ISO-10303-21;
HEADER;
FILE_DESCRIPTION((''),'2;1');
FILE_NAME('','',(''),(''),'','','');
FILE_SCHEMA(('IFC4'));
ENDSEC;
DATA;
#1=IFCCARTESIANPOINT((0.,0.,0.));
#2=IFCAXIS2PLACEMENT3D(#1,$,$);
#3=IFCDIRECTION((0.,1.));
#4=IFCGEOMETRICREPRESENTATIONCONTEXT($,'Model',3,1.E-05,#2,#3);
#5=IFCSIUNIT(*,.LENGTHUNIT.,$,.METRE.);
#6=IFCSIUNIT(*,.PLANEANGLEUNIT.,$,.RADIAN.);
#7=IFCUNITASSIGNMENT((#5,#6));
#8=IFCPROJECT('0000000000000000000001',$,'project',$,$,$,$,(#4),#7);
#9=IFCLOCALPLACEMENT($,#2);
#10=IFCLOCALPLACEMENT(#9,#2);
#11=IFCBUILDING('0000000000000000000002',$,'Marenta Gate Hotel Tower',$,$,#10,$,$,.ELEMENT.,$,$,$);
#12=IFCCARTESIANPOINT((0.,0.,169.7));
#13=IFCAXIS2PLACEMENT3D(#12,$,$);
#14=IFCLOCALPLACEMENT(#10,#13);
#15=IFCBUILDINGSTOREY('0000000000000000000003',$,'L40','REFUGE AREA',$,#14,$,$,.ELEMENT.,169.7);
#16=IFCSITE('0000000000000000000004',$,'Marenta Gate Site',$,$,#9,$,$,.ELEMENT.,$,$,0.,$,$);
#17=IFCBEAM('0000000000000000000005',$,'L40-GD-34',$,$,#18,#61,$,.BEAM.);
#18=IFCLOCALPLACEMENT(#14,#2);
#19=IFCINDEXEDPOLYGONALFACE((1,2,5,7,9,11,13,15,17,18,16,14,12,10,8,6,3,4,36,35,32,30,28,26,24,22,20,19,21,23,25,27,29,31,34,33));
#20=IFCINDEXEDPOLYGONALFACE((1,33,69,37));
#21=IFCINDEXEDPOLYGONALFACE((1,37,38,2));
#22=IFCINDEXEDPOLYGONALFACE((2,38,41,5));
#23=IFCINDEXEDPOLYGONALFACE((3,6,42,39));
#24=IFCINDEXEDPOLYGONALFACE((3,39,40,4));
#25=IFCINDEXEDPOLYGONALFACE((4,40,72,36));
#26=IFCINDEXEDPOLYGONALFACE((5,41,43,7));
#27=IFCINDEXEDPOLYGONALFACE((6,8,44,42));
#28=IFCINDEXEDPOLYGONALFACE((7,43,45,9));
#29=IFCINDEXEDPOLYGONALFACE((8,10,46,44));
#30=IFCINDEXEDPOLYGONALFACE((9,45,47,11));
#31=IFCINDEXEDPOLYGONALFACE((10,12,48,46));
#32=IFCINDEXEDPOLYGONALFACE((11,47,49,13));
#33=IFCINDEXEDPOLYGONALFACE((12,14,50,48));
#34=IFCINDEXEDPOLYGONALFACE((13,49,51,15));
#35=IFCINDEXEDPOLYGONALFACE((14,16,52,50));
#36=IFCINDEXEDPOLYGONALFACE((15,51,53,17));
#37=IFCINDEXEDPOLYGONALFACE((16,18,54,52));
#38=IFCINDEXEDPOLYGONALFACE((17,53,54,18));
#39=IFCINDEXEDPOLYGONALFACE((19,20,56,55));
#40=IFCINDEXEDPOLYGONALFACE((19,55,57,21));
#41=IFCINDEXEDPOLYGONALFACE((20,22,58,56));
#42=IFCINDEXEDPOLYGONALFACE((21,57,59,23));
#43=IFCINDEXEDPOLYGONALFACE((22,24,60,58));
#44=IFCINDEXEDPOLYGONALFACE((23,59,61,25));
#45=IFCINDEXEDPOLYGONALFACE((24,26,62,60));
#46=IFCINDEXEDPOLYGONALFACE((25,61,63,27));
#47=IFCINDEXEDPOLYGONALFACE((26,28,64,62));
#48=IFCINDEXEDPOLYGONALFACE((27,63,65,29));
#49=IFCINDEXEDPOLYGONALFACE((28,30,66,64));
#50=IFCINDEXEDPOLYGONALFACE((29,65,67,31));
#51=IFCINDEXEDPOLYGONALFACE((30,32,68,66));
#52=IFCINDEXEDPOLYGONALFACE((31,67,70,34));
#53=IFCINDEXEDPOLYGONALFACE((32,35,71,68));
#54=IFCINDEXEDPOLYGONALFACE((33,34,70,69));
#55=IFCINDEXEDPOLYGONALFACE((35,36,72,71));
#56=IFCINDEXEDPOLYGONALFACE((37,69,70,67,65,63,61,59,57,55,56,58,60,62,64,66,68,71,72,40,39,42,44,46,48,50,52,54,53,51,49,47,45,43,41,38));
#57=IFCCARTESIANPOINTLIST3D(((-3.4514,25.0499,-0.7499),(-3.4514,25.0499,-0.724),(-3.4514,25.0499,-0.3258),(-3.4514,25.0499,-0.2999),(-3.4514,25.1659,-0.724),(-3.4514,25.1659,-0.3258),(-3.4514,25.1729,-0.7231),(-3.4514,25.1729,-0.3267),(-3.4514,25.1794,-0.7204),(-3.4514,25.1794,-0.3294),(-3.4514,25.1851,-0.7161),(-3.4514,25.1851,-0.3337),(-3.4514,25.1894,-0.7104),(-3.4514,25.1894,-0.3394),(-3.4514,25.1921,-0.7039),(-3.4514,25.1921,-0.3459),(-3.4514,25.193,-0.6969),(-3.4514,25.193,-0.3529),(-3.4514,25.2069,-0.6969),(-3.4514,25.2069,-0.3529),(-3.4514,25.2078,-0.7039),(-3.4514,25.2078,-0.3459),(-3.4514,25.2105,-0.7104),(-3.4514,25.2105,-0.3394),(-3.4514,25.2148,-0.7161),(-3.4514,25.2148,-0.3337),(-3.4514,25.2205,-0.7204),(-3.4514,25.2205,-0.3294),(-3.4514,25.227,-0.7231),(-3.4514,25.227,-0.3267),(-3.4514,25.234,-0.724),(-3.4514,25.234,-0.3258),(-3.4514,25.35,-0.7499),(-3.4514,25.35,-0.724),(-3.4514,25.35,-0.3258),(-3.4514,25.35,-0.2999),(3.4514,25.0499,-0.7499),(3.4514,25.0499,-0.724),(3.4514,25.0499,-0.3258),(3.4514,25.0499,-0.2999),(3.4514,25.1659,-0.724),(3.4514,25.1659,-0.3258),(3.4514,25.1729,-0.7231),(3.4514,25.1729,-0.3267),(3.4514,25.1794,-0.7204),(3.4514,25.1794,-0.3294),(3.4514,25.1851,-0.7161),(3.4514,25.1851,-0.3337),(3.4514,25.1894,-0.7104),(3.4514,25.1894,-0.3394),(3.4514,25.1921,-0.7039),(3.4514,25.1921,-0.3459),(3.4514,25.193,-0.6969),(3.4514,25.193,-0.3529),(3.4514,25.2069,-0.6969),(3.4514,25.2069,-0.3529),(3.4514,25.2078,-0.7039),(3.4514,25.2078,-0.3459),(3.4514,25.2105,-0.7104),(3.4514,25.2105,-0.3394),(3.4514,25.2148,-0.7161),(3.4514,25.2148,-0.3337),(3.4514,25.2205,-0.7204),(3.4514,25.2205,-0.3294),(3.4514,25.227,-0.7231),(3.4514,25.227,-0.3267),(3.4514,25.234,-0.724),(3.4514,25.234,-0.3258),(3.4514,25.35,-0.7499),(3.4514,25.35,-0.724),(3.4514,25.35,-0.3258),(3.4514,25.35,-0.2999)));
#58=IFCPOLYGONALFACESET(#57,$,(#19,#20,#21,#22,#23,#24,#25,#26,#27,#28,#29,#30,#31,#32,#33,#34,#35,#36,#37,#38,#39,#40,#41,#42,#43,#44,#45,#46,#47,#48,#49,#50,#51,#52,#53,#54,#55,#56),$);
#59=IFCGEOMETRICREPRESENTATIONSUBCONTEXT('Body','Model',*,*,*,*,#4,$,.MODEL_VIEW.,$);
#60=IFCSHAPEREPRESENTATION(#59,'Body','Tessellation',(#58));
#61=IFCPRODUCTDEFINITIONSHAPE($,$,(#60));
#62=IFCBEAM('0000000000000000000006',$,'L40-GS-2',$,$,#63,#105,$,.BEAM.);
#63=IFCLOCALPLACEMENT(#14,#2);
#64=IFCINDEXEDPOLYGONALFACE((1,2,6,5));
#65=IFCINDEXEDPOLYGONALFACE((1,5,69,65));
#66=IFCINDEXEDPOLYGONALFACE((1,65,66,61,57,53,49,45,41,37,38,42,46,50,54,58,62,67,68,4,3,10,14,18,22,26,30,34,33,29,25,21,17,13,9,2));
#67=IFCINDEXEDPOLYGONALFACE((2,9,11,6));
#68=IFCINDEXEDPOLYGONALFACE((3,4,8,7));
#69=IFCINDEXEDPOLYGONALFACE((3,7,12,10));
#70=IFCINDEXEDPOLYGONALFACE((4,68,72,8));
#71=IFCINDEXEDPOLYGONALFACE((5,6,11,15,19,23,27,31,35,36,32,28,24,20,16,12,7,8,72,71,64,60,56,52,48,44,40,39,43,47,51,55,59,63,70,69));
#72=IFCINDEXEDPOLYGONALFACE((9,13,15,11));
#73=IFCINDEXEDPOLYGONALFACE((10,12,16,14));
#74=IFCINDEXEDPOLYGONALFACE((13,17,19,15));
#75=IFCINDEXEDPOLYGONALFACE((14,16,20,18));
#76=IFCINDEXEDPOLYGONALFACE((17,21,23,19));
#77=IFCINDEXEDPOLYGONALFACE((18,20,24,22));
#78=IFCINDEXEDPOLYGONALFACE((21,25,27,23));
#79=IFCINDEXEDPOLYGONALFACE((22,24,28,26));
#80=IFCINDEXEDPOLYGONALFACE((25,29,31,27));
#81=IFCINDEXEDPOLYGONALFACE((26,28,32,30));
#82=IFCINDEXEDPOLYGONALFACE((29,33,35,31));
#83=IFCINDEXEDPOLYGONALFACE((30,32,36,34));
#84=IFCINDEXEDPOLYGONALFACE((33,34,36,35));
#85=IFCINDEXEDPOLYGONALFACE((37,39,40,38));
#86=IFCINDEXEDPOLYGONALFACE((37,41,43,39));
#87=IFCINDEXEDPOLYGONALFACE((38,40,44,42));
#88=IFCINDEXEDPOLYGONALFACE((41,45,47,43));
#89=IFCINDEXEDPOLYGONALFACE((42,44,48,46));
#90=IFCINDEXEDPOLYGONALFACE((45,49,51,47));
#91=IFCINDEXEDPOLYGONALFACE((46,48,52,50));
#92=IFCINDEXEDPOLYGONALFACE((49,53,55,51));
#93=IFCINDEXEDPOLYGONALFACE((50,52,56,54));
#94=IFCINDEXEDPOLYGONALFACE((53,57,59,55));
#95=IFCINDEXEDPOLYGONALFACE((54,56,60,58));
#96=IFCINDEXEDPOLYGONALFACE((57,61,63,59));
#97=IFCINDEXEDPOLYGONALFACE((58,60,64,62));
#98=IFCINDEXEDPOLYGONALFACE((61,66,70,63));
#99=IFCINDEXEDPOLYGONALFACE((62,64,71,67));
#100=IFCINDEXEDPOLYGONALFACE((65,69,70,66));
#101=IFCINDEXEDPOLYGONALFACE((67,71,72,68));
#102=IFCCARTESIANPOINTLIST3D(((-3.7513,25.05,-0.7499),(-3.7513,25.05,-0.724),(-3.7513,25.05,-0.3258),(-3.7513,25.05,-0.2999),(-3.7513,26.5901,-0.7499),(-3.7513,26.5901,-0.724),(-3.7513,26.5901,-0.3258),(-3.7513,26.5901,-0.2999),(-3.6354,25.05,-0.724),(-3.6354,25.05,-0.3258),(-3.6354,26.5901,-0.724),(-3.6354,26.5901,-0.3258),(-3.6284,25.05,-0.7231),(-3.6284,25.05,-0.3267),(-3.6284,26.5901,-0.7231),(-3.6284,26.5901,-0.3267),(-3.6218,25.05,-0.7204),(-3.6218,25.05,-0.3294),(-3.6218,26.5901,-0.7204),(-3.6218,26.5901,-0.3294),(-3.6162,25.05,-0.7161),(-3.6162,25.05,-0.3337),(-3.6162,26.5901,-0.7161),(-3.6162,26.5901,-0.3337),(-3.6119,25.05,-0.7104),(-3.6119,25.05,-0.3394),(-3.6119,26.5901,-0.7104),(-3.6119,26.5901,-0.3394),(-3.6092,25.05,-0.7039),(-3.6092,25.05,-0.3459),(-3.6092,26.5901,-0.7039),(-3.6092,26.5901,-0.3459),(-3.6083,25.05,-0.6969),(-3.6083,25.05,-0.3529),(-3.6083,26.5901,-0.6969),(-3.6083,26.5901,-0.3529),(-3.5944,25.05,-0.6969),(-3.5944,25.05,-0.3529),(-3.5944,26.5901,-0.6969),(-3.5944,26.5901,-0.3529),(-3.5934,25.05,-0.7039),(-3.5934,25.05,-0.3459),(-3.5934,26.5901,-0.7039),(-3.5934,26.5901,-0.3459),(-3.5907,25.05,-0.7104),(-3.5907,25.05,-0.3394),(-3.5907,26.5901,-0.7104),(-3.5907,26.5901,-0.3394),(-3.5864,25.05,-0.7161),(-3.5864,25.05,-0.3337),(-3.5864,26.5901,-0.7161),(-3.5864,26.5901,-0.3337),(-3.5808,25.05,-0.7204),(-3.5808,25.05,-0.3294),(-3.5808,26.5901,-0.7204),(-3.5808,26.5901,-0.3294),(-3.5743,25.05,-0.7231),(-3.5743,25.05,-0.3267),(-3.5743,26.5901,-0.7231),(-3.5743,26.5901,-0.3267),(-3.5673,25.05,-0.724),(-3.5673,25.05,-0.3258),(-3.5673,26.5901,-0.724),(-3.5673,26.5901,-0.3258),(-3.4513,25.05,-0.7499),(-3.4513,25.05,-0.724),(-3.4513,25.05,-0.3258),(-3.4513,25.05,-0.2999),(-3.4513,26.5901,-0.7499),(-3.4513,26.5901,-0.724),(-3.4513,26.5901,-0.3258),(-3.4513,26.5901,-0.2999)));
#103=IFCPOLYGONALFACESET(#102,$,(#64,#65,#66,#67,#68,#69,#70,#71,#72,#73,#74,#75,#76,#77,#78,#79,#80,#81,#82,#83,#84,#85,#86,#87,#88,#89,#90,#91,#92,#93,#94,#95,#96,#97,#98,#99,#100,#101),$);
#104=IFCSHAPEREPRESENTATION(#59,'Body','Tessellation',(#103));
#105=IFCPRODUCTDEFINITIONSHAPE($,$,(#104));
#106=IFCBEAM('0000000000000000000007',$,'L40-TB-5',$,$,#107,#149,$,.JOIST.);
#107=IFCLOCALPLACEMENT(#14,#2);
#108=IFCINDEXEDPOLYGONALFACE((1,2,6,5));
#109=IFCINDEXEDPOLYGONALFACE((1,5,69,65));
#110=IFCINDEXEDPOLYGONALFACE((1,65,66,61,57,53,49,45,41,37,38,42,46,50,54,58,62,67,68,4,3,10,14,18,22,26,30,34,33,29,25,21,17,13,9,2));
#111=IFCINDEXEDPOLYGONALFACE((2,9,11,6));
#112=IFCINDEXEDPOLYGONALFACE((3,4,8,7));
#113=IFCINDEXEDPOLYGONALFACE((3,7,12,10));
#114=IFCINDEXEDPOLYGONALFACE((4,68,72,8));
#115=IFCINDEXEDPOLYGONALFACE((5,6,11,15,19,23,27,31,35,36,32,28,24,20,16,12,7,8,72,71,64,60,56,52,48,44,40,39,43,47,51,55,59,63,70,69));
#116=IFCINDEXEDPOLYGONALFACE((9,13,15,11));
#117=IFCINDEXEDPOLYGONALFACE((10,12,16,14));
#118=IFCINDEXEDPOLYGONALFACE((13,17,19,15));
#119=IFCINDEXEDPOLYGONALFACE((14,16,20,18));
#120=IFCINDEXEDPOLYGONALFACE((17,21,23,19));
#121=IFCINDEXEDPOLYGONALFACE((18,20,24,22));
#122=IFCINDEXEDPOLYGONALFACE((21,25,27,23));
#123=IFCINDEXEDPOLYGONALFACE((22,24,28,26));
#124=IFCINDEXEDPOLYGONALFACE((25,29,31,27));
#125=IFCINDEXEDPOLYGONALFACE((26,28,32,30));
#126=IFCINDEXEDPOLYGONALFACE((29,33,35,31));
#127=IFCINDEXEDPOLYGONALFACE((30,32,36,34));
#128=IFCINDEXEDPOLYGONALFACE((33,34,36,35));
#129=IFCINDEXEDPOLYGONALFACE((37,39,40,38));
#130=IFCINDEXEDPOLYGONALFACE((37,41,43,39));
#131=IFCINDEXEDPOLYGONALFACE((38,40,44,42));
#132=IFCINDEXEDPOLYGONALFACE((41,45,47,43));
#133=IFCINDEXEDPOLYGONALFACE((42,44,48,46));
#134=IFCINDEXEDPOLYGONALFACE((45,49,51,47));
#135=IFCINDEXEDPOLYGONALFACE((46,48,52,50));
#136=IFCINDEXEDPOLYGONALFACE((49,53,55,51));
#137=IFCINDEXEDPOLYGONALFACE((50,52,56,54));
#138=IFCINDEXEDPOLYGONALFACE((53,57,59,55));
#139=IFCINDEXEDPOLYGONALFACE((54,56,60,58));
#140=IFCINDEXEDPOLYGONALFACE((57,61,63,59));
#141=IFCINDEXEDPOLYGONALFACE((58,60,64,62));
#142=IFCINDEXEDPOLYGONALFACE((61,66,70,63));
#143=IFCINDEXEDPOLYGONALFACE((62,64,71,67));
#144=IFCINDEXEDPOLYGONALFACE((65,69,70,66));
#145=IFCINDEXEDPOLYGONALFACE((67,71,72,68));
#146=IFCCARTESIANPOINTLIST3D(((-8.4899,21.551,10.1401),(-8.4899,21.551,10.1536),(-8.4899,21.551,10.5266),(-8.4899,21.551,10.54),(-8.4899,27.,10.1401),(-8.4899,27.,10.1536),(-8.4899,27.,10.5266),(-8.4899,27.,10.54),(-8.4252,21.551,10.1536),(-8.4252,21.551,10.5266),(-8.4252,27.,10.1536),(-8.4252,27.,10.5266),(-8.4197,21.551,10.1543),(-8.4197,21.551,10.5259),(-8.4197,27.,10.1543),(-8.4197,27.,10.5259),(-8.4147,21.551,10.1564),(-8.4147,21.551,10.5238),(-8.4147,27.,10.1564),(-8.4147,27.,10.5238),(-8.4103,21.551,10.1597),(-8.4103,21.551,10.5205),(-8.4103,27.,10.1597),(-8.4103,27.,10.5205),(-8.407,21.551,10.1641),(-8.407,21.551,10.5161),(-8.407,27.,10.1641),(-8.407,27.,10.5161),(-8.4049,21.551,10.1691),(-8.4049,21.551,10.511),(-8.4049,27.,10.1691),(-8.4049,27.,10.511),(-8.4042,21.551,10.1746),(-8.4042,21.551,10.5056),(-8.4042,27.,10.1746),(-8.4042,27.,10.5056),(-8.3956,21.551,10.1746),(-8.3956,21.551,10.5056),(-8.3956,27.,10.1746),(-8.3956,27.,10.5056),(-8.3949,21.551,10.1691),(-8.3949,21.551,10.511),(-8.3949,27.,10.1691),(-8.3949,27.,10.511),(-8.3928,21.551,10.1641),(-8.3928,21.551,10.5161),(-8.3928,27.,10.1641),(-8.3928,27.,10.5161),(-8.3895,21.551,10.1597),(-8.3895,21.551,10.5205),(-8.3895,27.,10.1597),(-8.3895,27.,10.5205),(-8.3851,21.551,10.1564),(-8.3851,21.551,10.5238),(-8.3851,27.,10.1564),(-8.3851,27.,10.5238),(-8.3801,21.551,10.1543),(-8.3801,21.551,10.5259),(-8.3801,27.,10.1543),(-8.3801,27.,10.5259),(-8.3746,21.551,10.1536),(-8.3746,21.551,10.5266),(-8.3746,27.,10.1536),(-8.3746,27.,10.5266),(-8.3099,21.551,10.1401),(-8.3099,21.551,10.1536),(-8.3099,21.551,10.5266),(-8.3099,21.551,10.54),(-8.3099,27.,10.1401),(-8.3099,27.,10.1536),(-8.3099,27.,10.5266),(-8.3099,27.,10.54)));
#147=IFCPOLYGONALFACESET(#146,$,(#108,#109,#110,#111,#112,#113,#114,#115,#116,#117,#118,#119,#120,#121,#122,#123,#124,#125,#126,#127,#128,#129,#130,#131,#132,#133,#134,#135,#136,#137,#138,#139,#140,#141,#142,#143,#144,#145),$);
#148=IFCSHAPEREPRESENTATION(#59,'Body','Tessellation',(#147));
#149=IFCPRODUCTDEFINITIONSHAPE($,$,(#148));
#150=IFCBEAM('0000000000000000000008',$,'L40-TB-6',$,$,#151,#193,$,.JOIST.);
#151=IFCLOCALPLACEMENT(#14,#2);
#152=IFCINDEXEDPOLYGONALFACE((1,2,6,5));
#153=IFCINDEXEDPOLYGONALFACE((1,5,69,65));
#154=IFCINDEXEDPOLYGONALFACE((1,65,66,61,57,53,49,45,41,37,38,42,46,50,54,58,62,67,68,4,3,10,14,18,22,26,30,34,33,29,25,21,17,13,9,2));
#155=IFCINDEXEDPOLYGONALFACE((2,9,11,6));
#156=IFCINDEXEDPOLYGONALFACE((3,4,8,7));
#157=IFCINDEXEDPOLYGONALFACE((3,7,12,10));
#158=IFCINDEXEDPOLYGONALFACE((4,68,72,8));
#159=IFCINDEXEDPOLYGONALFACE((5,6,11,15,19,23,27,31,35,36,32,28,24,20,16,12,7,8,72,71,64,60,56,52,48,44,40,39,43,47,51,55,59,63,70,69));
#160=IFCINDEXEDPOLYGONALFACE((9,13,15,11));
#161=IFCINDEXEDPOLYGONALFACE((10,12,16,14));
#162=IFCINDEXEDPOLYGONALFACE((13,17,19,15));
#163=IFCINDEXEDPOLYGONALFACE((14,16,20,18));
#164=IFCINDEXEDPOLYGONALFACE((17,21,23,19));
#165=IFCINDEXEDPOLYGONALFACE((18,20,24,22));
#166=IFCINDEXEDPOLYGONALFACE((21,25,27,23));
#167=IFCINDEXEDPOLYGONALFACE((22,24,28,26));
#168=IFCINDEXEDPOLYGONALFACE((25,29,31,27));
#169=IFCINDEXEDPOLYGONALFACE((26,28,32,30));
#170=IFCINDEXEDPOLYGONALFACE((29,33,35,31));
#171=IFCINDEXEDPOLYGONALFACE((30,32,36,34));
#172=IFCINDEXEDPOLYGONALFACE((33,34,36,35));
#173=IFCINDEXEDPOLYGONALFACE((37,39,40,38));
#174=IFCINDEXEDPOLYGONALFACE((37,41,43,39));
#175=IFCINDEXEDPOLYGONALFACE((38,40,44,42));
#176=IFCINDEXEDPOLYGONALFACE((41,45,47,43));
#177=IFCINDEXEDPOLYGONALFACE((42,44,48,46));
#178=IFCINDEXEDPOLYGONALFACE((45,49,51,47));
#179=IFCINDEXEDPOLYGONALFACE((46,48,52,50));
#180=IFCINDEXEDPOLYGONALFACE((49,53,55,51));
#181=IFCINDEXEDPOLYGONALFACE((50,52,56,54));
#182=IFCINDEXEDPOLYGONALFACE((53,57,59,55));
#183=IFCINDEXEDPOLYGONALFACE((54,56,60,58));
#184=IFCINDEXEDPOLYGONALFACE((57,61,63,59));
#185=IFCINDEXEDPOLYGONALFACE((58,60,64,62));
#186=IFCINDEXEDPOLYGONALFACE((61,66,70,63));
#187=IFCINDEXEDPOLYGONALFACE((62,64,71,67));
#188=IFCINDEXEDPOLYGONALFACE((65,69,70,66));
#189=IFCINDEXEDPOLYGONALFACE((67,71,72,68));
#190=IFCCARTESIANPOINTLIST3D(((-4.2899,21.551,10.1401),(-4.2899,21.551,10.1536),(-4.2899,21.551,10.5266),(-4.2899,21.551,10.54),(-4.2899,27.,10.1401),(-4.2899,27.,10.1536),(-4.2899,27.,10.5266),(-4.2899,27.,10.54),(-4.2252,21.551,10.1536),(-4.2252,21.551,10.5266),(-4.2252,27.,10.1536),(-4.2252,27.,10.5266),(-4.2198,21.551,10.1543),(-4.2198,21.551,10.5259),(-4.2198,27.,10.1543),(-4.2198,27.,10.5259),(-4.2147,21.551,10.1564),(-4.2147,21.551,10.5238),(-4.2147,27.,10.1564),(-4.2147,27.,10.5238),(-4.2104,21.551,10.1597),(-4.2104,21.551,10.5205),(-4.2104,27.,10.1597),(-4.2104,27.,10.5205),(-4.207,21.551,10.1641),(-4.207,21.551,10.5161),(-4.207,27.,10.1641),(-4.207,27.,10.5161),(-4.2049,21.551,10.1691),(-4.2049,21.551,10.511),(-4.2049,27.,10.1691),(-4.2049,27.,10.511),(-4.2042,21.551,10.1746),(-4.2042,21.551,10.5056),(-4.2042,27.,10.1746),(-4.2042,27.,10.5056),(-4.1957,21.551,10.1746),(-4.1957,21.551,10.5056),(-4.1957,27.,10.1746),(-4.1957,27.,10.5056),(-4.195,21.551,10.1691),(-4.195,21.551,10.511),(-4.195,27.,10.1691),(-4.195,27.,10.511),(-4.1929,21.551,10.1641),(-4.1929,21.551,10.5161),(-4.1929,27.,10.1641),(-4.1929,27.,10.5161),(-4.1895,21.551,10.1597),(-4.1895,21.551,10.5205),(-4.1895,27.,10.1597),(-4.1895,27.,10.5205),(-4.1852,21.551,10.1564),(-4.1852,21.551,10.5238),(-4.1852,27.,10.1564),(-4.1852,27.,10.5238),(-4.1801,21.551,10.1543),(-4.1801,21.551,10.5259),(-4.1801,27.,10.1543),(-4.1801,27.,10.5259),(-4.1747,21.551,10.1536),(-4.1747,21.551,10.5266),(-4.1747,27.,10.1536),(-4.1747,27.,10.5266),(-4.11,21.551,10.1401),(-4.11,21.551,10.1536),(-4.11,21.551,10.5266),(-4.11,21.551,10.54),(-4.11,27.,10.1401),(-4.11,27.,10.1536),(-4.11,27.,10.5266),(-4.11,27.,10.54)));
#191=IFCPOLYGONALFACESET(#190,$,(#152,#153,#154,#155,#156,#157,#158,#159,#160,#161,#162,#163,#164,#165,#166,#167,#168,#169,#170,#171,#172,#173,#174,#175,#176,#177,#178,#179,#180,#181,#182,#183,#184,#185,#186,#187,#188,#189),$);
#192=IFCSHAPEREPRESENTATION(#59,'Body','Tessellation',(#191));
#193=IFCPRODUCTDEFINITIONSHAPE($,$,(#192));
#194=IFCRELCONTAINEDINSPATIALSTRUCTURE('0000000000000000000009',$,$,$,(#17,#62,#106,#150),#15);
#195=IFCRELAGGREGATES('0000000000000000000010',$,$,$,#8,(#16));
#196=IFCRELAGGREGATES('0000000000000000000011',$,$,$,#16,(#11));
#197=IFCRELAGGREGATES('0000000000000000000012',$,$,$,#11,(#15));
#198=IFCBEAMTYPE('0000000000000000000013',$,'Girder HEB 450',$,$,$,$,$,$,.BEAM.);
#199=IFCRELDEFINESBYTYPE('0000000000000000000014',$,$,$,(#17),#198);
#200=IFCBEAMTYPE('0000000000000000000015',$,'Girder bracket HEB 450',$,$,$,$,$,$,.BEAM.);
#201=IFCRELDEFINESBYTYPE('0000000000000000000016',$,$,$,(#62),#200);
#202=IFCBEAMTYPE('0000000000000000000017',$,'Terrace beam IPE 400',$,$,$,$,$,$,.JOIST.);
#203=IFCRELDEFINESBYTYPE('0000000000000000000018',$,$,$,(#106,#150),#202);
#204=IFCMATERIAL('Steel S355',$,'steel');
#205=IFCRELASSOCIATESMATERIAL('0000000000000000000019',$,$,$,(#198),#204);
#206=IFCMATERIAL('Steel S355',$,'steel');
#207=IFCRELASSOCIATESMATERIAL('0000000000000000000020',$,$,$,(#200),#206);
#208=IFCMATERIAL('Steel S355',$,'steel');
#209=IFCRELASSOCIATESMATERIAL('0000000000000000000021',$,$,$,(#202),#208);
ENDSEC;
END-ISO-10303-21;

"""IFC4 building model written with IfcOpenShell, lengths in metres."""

from ifc_helpers import new_model, si_unit, direction, frame, origin, origin_2d, place, context, subcontext, project, spatial, i_section, extrude, material, material_profile, profile_set, type_object, element, save


model = new_model("IFC4")

# Units and contexts
model_context = context("Model", 3, precision=1e-05, world=origin(), true_north=direction((0.0, 1.0)))
body_context = subcontext(model_context, "Body", "Model", "MODEL_VIEW")
ifc_project = project(units=[si_unit("LENGTHUNIT", "METRE"), si_unit("PLANEANGLEUNIT", "RADIAN")], contexts=[model_context])

# Site, building, storey
site_placement = place(None, origin())
site = spatial("IfcSite", under=ifc_project, at=site_placement, Name="Marenta Gate Site", CompositionType="ELEMENT", RefElevation=0.0)
building_placement = place(site_placement, origin())
building = spatial("IfcBuilding", under=site, at=building_placement, Name="Marenta Gate Hotel Tower", CompositionType="ELEMENT")
storey_placement = place(building_placement, frame((0.0, 0.0, 169.7)))
storey = spatial("IfcBuildingStorey", under=building, at=storey_placement, Name="L40", Description="REFUGE AREA", CompositionType="ELEMENT", Elevation=169.7)

# Beams
ifc_material_1 = material(Name="Steel S355", Category="steel")
ifc_material_profile_1 = material_profile(ifc_material_1, i_section(OverallWidth=0.3, OverallDepth=0.45, WebThickness=0.0139, FlangeThickness=0.0259, FilletRadius=0.0271, at=origin_2d()), Name="HEB 450")
ifc_profile_set_1 = profile_set([ifc_material_profile_1], Name="Steel S355")
beam_type_1 = type_object("IfcBeamType", Name="Girder HEB 450", PredefinedType="BEAM", material=ifc_profile_set_1)
beam_1_placement = place(storey_placement, frame((-3.4514, 25.2, -0.5249), z_axis=(1.0, 0.0, 0.0), x_axis=(0.0, 1.0, 0.0)))
element("IfcBeam", 1, at=beam_1_placement, inside=storey, type_object=beam_type_1, Name="L40-GD-34", PredefinedType="BEAM", context=body_context, shape_type="SweptSolid", body=[
    extrude(i_section(OverallWidth=0.3, OverallDepth=0.45, WebThickness=0.0139, FlangeThickness=0.0259, FilletRadius=0.0271, at=origin_2d()), origin(), (0.0, 0.0, 1.0), 6.9028),
])
ifc_material_2 = material(Name="Steel S355", Category="steel")
ifc_material_profile_2 = material_profile(ifc_material_2, i_section(OverallWidth=0.3, OverallDepth=0.45, WebThickness=0.0139, FlangeThickness=0.0259, FilletRadius=0.0271, at=origin_2d()), Name="HEB 450")
ifc_profile_set_2 = profile_set([ifc_material_profile_2], Name="Steel S355")
beam_type_2 = type_object("IfcBeamType", Name="Girder bracket HEB 450", PredefinedType="BEAM", material=ifc_profile_set_2)
beam_2_placement = place(storey_placement, frame((-3.6013, 25.05, -0.5249), z_axis=(0.0, 1.0, 0.0), x_axis=(-1.0, 0.0, 0.0)))
element("IfcBeam", 2, at=beam_2_placement, inside=storey, type_object=beam_type_2, Name="L40-GS-2", PredefinedType="BEAM", context=body_context, shape_type="SweptSolid", body=[
    extrude(i_section(OverallWidth=0.3, OverallDepth=0.45, WebThickness=0.0139, FlangeThickness=0.0259, FilletRadius=0.0271, at=origin_2d()), origin(), (0.0, 0.0, 1.0), 1.54),
])
ifc_material_3 = material(Name="Steel S355", Category="steel")
ifc_material_profile_3 = material_profile(ifc_material_3, i_section(OverallWidth=0.1799, OverallDepth=0.3999, WebThickness=0.0085, FlangeThickness=0.0134, FilletRadius=0.021, at=origin_2d()), Name="IPE 400")
ifc_profile_set_3 = profile_set([ifc_material_profile_3], Name="Steel S355")
beam_type_3 = type_object("IfcBeamType", Name="Terrace beam IPE 400", PredefinedType="JOIST", material=ifc_profile_set_3)
for number, where, z_axis, x_axis, name in (
    (3, (-8.3999, 21.551, 10.3401), (0.0, 1.0, 0.0), (-1.0, 0.0, 0.0), "L40-TB-5"),
    (4, (-4.2, 21.551, 10.3401), (0.0, 1.0, 0.0), (-1.0, 0.0, 0.0), "L40-TB-6"),
):
    element("IfcBeam", number, at=place(storey_placement, frame(where, z_axis=z_axis, x_axis=x_axis)), inside=storey, type_object=beam_type_3, Name=name, PredefinedType="JOIST", context=body_context, shape_type="SweptSolid", body=[
        extrude(i_section(OverallWidth=0.1799, OverallDepth=0.3999, WebThickness=0.0085, FlangeThickness=0.0134, FilletRadius=0.021, at=origin_2d()), origin(), (0.0, 0.0, 1.0), 5.449),
    ])

save(model, "model.ifc")
